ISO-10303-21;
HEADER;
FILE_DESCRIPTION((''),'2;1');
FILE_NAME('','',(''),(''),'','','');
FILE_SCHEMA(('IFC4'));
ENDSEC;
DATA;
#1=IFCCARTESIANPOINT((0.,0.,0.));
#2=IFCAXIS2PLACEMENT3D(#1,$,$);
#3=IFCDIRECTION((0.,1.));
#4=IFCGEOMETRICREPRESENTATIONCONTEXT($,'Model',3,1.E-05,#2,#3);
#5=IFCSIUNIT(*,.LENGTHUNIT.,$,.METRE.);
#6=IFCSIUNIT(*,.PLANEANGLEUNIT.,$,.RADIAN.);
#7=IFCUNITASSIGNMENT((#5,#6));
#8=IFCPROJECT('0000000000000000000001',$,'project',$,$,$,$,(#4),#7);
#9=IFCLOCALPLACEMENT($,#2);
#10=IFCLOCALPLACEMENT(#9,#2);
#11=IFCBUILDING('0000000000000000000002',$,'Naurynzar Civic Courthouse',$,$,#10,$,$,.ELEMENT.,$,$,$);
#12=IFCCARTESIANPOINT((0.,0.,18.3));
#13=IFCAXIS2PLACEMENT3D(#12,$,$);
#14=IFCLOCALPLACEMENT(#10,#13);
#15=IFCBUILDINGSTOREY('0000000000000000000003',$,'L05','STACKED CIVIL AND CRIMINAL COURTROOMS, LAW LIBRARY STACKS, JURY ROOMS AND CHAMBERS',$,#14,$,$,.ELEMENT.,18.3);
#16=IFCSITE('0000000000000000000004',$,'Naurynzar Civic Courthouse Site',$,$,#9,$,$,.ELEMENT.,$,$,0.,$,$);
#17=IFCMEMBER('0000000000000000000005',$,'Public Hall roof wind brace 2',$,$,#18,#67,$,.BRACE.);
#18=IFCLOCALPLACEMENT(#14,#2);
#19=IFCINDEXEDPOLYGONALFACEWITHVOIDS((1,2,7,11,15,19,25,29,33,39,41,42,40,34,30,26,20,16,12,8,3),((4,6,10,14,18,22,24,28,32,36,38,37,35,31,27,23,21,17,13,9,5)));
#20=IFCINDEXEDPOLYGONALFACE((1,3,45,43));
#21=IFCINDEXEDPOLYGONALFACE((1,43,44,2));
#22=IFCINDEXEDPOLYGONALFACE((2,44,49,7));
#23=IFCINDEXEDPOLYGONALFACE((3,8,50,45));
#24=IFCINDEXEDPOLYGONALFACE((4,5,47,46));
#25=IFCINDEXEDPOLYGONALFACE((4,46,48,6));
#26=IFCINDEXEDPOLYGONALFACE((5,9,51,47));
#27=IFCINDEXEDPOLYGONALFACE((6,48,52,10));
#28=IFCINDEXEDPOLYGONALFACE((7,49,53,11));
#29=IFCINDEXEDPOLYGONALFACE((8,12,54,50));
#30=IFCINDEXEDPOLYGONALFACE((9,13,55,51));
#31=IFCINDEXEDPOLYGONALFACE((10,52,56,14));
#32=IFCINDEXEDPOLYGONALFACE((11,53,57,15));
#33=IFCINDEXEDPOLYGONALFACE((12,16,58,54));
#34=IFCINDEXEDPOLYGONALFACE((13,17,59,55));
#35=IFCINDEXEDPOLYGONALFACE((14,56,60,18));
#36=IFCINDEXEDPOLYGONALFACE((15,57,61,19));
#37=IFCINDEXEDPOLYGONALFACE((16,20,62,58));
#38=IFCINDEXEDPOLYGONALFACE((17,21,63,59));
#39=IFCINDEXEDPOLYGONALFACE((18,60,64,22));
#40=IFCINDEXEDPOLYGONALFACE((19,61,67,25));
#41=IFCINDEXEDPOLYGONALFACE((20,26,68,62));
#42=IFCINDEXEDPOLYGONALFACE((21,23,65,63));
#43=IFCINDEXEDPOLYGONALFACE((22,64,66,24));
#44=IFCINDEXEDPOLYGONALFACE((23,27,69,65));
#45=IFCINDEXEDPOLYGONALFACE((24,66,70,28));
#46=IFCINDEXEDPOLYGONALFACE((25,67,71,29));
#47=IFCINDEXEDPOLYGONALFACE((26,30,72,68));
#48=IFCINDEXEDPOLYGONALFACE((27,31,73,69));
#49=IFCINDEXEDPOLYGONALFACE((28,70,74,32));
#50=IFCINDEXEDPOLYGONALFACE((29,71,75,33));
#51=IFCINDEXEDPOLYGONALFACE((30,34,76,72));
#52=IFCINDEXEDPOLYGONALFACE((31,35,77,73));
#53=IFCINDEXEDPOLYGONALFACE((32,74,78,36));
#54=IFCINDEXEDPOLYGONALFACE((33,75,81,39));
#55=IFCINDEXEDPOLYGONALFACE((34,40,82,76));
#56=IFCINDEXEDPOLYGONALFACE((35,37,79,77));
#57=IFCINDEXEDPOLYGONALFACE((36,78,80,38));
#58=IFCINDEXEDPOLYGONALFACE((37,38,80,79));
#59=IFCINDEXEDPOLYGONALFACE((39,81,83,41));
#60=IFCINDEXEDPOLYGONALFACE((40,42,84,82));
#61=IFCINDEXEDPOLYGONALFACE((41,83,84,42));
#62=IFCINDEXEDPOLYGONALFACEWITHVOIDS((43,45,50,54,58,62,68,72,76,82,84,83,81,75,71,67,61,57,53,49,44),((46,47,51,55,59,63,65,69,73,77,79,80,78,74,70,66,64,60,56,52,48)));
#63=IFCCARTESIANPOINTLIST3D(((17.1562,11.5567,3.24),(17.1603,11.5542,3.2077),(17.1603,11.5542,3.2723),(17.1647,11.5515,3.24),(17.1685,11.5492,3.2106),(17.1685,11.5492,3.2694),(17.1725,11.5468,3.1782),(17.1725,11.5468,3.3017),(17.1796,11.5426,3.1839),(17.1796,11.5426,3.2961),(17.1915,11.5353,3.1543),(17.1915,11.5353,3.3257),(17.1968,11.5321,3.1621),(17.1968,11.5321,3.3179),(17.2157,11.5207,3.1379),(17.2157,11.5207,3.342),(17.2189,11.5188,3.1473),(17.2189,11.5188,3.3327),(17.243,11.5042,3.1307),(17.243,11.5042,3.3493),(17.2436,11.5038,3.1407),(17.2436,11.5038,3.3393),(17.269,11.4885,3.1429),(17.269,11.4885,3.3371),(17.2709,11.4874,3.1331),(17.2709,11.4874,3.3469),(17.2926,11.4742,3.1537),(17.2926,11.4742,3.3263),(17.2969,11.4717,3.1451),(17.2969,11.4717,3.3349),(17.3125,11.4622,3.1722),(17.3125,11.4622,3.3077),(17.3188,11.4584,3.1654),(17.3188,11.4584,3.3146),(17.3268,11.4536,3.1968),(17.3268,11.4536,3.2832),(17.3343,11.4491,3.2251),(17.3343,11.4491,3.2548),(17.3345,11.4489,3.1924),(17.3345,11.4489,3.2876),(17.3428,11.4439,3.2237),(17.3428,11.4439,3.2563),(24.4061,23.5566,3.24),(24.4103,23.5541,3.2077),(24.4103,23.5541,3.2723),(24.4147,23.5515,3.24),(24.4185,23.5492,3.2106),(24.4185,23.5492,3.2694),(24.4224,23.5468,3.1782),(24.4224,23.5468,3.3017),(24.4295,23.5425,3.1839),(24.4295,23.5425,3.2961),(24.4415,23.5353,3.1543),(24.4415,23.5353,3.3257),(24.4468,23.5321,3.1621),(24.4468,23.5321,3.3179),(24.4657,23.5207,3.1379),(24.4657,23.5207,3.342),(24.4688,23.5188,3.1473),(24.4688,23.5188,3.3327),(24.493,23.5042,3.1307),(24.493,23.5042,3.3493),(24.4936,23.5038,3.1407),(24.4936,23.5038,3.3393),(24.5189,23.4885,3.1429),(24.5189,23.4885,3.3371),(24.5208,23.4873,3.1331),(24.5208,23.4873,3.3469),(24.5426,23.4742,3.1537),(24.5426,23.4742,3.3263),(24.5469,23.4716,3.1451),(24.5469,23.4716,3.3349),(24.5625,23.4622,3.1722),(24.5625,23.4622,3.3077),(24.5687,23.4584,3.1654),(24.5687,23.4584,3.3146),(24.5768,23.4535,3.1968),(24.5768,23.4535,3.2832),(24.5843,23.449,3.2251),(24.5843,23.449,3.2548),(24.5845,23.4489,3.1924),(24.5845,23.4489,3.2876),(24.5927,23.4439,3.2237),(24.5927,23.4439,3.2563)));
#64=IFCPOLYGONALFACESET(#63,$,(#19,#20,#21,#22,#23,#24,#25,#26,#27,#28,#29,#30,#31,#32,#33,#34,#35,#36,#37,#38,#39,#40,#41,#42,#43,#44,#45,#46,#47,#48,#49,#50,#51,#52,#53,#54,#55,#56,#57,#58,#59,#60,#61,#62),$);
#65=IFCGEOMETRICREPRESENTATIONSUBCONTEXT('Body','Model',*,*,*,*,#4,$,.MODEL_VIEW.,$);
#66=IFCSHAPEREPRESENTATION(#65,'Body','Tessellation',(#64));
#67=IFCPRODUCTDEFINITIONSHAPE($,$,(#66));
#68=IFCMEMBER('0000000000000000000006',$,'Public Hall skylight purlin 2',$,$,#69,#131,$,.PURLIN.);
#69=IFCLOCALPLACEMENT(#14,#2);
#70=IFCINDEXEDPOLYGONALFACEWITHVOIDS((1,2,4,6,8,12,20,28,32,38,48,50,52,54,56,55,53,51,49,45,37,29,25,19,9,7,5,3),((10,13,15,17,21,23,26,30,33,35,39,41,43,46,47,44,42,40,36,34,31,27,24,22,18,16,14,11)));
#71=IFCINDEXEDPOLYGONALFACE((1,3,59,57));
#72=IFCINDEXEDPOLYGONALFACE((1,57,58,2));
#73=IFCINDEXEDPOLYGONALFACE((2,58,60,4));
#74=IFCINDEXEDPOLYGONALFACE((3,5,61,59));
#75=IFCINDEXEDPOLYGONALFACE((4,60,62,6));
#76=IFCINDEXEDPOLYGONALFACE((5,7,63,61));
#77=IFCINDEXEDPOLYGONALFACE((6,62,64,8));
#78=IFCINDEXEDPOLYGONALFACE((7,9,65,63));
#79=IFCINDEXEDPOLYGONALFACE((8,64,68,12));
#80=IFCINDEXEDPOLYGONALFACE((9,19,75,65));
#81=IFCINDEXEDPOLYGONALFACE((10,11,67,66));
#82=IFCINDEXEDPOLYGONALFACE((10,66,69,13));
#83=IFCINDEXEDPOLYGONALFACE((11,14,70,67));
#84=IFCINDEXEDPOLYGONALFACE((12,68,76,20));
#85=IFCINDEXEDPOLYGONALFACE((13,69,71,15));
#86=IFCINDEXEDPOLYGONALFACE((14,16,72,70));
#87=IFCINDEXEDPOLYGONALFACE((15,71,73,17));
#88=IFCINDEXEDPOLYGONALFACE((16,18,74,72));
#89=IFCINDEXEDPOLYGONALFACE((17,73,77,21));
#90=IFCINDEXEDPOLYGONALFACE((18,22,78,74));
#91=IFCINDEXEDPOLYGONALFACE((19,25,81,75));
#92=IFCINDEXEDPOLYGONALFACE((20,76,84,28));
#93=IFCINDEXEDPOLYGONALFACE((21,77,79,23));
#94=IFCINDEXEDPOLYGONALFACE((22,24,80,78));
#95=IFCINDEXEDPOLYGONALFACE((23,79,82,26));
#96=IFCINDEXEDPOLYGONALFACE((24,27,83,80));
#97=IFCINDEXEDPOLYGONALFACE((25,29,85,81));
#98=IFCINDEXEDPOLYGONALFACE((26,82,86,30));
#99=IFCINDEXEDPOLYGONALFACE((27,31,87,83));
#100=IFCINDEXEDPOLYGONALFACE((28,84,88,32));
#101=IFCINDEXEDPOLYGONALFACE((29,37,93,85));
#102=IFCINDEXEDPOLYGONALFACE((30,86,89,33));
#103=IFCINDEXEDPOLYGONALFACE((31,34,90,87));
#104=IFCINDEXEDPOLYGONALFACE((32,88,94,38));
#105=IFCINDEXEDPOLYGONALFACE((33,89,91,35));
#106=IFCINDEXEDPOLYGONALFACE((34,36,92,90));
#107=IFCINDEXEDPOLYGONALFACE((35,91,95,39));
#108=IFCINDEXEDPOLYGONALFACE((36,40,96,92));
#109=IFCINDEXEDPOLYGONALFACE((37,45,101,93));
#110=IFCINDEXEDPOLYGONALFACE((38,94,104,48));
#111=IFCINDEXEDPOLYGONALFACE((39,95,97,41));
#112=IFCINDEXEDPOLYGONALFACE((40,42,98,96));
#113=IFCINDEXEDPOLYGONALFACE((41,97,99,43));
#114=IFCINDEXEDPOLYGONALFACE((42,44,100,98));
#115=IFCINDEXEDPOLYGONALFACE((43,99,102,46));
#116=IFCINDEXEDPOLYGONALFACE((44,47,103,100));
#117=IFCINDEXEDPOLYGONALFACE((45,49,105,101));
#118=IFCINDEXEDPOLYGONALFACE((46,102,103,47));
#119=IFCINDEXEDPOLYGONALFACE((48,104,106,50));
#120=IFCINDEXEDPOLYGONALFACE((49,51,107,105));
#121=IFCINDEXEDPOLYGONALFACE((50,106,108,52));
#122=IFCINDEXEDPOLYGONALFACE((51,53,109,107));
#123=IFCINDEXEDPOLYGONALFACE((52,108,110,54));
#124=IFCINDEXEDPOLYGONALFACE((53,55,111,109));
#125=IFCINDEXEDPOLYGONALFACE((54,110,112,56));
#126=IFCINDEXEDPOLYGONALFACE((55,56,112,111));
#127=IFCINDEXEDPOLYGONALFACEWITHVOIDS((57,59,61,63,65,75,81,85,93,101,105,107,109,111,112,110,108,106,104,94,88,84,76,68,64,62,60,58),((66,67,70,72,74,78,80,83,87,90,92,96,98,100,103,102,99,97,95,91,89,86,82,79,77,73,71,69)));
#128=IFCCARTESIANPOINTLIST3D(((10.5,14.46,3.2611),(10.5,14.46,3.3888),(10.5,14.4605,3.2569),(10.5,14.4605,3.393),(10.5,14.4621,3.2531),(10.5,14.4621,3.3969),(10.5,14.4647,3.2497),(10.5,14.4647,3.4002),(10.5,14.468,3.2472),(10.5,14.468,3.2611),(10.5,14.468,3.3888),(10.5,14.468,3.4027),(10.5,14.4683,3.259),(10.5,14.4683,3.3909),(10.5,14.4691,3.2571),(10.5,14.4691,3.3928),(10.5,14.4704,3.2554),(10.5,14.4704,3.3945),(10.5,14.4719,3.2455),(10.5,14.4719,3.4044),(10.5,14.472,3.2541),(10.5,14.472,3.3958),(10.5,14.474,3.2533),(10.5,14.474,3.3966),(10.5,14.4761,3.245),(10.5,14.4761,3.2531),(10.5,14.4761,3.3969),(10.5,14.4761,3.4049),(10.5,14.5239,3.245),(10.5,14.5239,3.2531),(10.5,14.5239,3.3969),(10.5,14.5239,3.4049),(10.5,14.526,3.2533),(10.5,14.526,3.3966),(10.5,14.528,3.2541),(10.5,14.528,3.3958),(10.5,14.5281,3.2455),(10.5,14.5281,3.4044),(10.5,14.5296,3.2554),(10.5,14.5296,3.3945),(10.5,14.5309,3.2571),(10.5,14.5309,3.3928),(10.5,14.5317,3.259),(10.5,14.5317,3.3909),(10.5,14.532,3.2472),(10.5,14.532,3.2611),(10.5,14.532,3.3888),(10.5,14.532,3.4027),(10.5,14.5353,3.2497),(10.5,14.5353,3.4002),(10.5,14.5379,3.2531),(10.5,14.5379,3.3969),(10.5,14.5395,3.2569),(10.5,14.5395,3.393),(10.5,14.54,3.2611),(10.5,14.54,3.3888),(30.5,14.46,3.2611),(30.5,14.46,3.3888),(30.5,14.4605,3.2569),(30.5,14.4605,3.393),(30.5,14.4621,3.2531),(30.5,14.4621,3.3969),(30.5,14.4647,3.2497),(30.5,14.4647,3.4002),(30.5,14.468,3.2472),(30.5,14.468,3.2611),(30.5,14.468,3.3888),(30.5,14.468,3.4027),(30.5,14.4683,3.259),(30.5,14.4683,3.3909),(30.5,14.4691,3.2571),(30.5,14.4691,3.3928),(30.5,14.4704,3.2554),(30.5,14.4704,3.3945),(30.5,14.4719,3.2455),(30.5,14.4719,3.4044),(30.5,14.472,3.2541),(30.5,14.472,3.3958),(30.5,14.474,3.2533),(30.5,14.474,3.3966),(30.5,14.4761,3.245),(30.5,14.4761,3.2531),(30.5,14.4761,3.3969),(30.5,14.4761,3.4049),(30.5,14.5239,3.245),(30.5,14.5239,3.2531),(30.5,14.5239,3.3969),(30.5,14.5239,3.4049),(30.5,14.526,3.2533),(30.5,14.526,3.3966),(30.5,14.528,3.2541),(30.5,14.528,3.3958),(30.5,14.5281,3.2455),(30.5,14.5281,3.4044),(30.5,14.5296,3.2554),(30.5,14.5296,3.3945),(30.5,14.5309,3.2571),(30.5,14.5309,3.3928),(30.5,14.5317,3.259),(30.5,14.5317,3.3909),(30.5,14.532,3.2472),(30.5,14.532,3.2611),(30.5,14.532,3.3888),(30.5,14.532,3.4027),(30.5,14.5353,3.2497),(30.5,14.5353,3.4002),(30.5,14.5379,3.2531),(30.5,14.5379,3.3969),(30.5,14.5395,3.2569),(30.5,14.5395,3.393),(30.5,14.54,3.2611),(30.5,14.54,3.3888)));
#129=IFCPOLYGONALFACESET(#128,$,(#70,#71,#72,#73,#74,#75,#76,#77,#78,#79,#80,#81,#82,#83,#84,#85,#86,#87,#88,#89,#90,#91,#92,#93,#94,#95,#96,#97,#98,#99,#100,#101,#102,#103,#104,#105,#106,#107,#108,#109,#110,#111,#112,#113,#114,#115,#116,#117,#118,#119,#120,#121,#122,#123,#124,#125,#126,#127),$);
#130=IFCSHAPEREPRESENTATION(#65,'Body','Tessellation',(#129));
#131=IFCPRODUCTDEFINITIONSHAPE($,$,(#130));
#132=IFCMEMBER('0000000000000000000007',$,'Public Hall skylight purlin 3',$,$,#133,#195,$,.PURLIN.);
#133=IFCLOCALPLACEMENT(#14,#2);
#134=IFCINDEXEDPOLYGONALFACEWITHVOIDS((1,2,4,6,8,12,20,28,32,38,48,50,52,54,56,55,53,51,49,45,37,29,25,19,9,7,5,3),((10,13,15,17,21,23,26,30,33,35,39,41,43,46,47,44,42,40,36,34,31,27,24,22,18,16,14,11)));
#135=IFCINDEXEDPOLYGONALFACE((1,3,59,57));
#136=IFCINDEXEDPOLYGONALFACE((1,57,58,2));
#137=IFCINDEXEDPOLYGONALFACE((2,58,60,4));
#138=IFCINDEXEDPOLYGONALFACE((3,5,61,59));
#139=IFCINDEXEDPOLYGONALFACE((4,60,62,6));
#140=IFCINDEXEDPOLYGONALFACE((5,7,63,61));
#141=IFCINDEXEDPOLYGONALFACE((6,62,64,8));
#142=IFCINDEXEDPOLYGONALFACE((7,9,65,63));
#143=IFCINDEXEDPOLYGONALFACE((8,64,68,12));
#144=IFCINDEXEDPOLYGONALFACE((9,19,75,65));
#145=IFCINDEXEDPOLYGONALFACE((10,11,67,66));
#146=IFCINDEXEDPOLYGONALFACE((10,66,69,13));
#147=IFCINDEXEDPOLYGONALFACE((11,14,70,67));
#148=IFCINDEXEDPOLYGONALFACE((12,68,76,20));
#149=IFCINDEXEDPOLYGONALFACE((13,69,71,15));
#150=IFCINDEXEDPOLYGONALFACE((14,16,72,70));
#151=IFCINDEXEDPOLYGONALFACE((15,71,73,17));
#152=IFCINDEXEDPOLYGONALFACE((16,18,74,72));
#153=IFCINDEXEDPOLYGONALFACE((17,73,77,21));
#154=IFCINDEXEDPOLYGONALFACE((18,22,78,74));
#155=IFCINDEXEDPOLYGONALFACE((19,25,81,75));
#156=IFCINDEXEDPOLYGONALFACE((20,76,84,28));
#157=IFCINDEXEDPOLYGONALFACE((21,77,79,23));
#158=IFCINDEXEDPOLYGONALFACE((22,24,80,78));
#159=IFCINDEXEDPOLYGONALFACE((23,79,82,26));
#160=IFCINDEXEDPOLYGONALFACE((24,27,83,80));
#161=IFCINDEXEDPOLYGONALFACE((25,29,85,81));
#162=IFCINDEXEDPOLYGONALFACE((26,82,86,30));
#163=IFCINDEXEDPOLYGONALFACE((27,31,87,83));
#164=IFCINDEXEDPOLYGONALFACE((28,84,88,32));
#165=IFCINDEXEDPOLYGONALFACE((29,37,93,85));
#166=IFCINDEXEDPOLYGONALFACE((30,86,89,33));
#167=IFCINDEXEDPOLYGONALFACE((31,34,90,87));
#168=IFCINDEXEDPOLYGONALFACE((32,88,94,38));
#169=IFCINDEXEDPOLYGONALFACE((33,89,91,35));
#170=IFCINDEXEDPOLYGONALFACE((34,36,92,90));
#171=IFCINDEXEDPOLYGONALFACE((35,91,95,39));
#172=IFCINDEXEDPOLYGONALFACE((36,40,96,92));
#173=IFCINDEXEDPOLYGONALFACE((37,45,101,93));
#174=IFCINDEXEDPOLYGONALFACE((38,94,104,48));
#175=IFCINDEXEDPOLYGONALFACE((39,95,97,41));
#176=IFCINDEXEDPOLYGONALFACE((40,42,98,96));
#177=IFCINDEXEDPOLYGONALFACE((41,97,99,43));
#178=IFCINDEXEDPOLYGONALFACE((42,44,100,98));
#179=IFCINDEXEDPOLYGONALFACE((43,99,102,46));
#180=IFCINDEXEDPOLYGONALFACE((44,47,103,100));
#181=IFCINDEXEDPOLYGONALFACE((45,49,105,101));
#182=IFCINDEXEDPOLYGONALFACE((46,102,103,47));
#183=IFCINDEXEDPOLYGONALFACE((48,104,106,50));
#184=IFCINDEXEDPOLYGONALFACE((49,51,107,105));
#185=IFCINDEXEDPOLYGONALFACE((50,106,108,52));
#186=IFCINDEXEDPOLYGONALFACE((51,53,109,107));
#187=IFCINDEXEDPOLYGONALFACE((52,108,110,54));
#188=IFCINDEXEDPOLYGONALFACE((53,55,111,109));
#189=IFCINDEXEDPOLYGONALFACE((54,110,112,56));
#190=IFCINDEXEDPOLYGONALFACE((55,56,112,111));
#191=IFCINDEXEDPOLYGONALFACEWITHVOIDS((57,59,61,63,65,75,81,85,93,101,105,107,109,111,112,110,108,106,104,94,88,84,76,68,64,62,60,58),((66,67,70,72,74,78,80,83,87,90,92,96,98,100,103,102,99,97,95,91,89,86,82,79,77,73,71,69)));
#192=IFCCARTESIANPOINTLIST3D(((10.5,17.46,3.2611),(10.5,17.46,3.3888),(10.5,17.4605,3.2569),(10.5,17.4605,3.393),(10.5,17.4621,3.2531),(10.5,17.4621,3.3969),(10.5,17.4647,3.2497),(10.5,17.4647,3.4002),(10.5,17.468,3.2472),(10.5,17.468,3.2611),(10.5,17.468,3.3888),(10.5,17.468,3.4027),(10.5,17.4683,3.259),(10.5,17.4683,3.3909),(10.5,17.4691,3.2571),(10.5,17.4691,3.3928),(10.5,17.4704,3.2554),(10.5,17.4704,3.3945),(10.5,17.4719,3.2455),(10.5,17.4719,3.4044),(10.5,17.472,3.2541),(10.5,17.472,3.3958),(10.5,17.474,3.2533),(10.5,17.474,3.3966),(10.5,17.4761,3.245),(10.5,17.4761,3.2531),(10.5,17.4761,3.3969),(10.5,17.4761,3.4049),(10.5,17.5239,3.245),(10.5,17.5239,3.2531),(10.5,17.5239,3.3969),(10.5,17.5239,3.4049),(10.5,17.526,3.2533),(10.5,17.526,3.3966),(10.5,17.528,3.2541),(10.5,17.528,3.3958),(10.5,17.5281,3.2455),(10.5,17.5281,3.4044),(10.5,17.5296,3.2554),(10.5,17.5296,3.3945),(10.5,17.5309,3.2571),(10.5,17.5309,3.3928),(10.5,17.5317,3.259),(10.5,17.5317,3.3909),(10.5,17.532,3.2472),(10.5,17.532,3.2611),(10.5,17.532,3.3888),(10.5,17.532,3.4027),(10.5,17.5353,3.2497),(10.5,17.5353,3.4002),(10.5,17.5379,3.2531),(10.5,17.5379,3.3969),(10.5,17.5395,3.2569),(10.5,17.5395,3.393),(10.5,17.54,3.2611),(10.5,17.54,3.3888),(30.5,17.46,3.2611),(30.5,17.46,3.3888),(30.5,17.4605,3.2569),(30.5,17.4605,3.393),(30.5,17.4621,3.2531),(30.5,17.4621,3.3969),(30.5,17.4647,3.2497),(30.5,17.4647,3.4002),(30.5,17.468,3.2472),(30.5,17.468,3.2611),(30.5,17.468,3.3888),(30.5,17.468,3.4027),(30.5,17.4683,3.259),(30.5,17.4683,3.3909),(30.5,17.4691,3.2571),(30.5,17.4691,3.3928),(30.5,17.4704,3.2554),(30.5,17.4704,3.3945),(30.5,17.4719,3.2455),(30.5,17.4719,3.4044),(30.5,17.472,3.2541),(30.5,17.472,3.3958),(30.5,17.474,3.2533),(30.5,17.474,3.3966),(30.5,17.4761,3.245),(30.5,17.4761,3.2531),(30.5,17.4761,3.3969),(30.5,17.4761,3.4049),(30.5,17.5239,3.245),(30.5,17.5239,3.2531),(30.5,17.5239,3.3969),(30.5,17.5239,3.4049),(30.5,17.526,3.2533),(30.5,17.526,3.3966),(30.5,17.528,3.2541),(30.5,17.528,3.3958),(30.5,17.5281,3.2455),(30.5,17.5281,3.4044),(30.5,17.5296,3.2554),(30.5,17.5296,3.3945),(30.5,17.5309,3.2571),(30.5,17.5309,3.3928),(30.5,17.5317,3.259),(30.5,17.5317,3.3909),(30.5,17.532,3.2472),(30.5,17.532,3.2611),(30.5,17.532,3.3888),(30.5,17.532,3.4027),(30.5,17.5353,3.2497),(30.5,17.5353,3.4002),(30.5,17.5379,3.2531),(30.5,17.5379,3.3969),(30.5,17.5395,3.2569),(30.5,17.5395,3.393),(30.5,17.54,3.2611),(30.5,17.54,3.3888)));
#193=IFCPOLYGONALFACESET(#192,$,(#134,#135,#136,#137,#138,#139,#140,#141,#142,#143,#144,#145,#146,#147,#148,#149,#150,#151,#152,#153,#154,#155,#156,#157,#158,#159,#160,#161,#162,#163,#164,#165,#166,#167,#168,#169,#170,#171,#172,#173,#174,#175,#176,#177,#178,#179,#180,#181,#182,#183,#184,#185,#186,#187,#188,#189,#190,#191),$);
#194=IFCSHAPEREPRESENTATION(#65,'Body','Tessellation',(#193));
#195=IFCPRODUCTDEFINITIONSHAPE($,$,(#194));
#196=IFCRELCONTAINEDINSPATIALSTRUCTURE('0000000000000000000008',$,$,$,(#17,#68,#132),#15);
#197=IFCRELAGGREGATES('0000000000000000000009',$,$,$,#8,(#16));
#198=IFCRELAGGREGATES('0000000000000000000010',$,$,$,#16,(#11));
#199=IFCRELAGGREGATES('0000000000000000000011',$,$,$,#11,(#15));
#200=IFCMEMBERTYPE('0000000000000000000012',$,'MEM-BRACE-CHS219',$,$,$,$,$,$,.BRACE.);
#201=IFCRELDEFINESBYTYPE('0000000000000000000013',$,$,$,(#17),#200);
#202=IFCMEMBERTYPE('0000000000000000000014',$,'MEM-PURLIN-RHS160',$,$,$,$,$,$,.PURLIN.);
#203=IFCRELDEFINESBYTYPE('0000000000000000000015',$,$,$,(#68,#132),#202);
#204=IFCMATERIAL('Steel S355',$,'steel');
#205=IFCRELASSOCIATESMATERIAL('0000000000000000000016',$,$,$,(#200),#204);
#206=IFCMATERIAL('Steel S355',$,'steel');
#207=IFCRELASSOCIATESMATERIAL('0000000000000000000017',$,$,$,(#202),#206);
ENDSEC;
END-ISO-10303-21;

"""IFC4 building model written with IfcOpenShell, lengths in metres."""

from ifc_helpers import new_model, si_unit, direction, frame, origin, origin_2d, place, context, subcontext, project, spatial, hollow_rectangle, hollow_circle, extrude, material, material_profile, profile_set, type_object, element, save


model = new_model("IFC4")

# Units and contexts
model_context = context("Model", 3, precision=1e-05, world=origin(), true_north=direction((0.0, 1.0)))
body_context = subcontext(model_context, "Body", "Model", "MODEL_VIEW")
ifc_project = project(units=[si_unit("LENGTHUNIT", "METRE"), si_unit("PLANEANGLEUNIT", "RADIAN")], contexts=[model_context])

# Site, building, storey
site_placement = place(None, origin())
site = spatial("IfcSite", under=ifc_project, at=site_placement, Name="Naurynzar Civic Courthouse Site", CompositionType="ELEMENT", RefElevation=0.0)
building_placement = place(site_placement, origin())
building = spatial("IfcBuilding", under=site, at=building_placement, Name="Naurynzar Civic Courthouse", CompositionType="ELEMENT")
storey_placement = place(building_placement, frame((0.0, 0.0, 18.3)))
storey = spatial("IfcBuildingStorey", under=building, at=storey_placement, Name="L05", Description="STACKED CIVIL AND CRIMINAL COURTROOMS, LAW LIBRARY STACKS, JURY ROOMS AND CHAMBERS", CompositionType="ELEMENT", Elevation=18.3)

# Members
ifc_material_1 = material(Name="Steel S355", Category="steel")
ifc_material_profile_1 = material_profile(ifc_material_1, hollow_circle(Radius=0.1096, WallThickness=0.01, at=origin_2d()), Name="CHS 219.1x10")
ifc_profile_set_1 = profile_set([ifc_material_profile_1], Name="Steel S355")
member_type_1 = type_object("IfcMemberType", Name="MEM-BRACE-CHS219", PredefinedType="BRACE", material=ifc_profile_set_1)
member_1_placement = place(storey_placement, frame((17.25, 11.5, 3.24), z_axis=(0.517116, 0.855916, 0.0), x_axis=(-0.855916, 0.517116, 0.0)))
element("IfcMember", 1, at=member_1_placement, inside=storey, type_object=member_type_1, Name="Public Hall roof wind brace 2", PredefinedType="BRACE", context=body_context, shape_type="SweptSolid", body=[
    extrude(hollow_circle(Radius=0.1096, WallThickness=0.01, at=origin_2d()), origin(), (0.0, 0.0, 1.0), 14.02),
])
ifc_material_2 = material(Name="Steel S355", Category="steel")
ifc_material_profile_2 = material_profile(ifc_material_2, hollow_rectangle(XDim=0.0801, YDim=0.1599, WallThickness=0.0081, InnerFilletRadius=0.0081, OuterFilletRadius=0.0161, at=origin_2d()), Name="RHS 160x80x8")
ifc_profile_set_2 = profile_set([ifc_material_profile_2], Name="Steel S355")
member_type_2 = type_object("IfcMemberType", Name="MEM-PURLIN-RHS160", PredefinedType="PURLIN", material=ifc_profile_set_2)
for number, where, z_axis, x_axis, name in (
    (2, (10.5, 14.5, 3.325), (1.0, 0.0, 0.0), (0.0, 1.0, 0.0), "Public Hall skylight purlin 2"),
    (3, (10.5, 17.5, 3.325), (1.0, 0.0, 0.0), (0.0, 1.0, 0.0), "Public Hall skylight purlin 3"),
):
    element("IfcMember", number, at=place(storey_placement, frame(where, z_axis=z_axis, x_axis=x_axis)), inside=storey, type_object=member_type_2, Name=name, PredefinedType="PURLIN", context=body_context, shape_type="SweptSolid", body=[
        extrude(hollow_rectangle(XDim=0.0801, YDim=0.1599, WallThickness=0.0081, InnerFilletRadius=0.0081, OuterFilletRadius=0.0161, at=origin_2d()), origin(), (0.0, 0.0, 1.0), 20.0),
    ])

save(model, "model.ifc")
